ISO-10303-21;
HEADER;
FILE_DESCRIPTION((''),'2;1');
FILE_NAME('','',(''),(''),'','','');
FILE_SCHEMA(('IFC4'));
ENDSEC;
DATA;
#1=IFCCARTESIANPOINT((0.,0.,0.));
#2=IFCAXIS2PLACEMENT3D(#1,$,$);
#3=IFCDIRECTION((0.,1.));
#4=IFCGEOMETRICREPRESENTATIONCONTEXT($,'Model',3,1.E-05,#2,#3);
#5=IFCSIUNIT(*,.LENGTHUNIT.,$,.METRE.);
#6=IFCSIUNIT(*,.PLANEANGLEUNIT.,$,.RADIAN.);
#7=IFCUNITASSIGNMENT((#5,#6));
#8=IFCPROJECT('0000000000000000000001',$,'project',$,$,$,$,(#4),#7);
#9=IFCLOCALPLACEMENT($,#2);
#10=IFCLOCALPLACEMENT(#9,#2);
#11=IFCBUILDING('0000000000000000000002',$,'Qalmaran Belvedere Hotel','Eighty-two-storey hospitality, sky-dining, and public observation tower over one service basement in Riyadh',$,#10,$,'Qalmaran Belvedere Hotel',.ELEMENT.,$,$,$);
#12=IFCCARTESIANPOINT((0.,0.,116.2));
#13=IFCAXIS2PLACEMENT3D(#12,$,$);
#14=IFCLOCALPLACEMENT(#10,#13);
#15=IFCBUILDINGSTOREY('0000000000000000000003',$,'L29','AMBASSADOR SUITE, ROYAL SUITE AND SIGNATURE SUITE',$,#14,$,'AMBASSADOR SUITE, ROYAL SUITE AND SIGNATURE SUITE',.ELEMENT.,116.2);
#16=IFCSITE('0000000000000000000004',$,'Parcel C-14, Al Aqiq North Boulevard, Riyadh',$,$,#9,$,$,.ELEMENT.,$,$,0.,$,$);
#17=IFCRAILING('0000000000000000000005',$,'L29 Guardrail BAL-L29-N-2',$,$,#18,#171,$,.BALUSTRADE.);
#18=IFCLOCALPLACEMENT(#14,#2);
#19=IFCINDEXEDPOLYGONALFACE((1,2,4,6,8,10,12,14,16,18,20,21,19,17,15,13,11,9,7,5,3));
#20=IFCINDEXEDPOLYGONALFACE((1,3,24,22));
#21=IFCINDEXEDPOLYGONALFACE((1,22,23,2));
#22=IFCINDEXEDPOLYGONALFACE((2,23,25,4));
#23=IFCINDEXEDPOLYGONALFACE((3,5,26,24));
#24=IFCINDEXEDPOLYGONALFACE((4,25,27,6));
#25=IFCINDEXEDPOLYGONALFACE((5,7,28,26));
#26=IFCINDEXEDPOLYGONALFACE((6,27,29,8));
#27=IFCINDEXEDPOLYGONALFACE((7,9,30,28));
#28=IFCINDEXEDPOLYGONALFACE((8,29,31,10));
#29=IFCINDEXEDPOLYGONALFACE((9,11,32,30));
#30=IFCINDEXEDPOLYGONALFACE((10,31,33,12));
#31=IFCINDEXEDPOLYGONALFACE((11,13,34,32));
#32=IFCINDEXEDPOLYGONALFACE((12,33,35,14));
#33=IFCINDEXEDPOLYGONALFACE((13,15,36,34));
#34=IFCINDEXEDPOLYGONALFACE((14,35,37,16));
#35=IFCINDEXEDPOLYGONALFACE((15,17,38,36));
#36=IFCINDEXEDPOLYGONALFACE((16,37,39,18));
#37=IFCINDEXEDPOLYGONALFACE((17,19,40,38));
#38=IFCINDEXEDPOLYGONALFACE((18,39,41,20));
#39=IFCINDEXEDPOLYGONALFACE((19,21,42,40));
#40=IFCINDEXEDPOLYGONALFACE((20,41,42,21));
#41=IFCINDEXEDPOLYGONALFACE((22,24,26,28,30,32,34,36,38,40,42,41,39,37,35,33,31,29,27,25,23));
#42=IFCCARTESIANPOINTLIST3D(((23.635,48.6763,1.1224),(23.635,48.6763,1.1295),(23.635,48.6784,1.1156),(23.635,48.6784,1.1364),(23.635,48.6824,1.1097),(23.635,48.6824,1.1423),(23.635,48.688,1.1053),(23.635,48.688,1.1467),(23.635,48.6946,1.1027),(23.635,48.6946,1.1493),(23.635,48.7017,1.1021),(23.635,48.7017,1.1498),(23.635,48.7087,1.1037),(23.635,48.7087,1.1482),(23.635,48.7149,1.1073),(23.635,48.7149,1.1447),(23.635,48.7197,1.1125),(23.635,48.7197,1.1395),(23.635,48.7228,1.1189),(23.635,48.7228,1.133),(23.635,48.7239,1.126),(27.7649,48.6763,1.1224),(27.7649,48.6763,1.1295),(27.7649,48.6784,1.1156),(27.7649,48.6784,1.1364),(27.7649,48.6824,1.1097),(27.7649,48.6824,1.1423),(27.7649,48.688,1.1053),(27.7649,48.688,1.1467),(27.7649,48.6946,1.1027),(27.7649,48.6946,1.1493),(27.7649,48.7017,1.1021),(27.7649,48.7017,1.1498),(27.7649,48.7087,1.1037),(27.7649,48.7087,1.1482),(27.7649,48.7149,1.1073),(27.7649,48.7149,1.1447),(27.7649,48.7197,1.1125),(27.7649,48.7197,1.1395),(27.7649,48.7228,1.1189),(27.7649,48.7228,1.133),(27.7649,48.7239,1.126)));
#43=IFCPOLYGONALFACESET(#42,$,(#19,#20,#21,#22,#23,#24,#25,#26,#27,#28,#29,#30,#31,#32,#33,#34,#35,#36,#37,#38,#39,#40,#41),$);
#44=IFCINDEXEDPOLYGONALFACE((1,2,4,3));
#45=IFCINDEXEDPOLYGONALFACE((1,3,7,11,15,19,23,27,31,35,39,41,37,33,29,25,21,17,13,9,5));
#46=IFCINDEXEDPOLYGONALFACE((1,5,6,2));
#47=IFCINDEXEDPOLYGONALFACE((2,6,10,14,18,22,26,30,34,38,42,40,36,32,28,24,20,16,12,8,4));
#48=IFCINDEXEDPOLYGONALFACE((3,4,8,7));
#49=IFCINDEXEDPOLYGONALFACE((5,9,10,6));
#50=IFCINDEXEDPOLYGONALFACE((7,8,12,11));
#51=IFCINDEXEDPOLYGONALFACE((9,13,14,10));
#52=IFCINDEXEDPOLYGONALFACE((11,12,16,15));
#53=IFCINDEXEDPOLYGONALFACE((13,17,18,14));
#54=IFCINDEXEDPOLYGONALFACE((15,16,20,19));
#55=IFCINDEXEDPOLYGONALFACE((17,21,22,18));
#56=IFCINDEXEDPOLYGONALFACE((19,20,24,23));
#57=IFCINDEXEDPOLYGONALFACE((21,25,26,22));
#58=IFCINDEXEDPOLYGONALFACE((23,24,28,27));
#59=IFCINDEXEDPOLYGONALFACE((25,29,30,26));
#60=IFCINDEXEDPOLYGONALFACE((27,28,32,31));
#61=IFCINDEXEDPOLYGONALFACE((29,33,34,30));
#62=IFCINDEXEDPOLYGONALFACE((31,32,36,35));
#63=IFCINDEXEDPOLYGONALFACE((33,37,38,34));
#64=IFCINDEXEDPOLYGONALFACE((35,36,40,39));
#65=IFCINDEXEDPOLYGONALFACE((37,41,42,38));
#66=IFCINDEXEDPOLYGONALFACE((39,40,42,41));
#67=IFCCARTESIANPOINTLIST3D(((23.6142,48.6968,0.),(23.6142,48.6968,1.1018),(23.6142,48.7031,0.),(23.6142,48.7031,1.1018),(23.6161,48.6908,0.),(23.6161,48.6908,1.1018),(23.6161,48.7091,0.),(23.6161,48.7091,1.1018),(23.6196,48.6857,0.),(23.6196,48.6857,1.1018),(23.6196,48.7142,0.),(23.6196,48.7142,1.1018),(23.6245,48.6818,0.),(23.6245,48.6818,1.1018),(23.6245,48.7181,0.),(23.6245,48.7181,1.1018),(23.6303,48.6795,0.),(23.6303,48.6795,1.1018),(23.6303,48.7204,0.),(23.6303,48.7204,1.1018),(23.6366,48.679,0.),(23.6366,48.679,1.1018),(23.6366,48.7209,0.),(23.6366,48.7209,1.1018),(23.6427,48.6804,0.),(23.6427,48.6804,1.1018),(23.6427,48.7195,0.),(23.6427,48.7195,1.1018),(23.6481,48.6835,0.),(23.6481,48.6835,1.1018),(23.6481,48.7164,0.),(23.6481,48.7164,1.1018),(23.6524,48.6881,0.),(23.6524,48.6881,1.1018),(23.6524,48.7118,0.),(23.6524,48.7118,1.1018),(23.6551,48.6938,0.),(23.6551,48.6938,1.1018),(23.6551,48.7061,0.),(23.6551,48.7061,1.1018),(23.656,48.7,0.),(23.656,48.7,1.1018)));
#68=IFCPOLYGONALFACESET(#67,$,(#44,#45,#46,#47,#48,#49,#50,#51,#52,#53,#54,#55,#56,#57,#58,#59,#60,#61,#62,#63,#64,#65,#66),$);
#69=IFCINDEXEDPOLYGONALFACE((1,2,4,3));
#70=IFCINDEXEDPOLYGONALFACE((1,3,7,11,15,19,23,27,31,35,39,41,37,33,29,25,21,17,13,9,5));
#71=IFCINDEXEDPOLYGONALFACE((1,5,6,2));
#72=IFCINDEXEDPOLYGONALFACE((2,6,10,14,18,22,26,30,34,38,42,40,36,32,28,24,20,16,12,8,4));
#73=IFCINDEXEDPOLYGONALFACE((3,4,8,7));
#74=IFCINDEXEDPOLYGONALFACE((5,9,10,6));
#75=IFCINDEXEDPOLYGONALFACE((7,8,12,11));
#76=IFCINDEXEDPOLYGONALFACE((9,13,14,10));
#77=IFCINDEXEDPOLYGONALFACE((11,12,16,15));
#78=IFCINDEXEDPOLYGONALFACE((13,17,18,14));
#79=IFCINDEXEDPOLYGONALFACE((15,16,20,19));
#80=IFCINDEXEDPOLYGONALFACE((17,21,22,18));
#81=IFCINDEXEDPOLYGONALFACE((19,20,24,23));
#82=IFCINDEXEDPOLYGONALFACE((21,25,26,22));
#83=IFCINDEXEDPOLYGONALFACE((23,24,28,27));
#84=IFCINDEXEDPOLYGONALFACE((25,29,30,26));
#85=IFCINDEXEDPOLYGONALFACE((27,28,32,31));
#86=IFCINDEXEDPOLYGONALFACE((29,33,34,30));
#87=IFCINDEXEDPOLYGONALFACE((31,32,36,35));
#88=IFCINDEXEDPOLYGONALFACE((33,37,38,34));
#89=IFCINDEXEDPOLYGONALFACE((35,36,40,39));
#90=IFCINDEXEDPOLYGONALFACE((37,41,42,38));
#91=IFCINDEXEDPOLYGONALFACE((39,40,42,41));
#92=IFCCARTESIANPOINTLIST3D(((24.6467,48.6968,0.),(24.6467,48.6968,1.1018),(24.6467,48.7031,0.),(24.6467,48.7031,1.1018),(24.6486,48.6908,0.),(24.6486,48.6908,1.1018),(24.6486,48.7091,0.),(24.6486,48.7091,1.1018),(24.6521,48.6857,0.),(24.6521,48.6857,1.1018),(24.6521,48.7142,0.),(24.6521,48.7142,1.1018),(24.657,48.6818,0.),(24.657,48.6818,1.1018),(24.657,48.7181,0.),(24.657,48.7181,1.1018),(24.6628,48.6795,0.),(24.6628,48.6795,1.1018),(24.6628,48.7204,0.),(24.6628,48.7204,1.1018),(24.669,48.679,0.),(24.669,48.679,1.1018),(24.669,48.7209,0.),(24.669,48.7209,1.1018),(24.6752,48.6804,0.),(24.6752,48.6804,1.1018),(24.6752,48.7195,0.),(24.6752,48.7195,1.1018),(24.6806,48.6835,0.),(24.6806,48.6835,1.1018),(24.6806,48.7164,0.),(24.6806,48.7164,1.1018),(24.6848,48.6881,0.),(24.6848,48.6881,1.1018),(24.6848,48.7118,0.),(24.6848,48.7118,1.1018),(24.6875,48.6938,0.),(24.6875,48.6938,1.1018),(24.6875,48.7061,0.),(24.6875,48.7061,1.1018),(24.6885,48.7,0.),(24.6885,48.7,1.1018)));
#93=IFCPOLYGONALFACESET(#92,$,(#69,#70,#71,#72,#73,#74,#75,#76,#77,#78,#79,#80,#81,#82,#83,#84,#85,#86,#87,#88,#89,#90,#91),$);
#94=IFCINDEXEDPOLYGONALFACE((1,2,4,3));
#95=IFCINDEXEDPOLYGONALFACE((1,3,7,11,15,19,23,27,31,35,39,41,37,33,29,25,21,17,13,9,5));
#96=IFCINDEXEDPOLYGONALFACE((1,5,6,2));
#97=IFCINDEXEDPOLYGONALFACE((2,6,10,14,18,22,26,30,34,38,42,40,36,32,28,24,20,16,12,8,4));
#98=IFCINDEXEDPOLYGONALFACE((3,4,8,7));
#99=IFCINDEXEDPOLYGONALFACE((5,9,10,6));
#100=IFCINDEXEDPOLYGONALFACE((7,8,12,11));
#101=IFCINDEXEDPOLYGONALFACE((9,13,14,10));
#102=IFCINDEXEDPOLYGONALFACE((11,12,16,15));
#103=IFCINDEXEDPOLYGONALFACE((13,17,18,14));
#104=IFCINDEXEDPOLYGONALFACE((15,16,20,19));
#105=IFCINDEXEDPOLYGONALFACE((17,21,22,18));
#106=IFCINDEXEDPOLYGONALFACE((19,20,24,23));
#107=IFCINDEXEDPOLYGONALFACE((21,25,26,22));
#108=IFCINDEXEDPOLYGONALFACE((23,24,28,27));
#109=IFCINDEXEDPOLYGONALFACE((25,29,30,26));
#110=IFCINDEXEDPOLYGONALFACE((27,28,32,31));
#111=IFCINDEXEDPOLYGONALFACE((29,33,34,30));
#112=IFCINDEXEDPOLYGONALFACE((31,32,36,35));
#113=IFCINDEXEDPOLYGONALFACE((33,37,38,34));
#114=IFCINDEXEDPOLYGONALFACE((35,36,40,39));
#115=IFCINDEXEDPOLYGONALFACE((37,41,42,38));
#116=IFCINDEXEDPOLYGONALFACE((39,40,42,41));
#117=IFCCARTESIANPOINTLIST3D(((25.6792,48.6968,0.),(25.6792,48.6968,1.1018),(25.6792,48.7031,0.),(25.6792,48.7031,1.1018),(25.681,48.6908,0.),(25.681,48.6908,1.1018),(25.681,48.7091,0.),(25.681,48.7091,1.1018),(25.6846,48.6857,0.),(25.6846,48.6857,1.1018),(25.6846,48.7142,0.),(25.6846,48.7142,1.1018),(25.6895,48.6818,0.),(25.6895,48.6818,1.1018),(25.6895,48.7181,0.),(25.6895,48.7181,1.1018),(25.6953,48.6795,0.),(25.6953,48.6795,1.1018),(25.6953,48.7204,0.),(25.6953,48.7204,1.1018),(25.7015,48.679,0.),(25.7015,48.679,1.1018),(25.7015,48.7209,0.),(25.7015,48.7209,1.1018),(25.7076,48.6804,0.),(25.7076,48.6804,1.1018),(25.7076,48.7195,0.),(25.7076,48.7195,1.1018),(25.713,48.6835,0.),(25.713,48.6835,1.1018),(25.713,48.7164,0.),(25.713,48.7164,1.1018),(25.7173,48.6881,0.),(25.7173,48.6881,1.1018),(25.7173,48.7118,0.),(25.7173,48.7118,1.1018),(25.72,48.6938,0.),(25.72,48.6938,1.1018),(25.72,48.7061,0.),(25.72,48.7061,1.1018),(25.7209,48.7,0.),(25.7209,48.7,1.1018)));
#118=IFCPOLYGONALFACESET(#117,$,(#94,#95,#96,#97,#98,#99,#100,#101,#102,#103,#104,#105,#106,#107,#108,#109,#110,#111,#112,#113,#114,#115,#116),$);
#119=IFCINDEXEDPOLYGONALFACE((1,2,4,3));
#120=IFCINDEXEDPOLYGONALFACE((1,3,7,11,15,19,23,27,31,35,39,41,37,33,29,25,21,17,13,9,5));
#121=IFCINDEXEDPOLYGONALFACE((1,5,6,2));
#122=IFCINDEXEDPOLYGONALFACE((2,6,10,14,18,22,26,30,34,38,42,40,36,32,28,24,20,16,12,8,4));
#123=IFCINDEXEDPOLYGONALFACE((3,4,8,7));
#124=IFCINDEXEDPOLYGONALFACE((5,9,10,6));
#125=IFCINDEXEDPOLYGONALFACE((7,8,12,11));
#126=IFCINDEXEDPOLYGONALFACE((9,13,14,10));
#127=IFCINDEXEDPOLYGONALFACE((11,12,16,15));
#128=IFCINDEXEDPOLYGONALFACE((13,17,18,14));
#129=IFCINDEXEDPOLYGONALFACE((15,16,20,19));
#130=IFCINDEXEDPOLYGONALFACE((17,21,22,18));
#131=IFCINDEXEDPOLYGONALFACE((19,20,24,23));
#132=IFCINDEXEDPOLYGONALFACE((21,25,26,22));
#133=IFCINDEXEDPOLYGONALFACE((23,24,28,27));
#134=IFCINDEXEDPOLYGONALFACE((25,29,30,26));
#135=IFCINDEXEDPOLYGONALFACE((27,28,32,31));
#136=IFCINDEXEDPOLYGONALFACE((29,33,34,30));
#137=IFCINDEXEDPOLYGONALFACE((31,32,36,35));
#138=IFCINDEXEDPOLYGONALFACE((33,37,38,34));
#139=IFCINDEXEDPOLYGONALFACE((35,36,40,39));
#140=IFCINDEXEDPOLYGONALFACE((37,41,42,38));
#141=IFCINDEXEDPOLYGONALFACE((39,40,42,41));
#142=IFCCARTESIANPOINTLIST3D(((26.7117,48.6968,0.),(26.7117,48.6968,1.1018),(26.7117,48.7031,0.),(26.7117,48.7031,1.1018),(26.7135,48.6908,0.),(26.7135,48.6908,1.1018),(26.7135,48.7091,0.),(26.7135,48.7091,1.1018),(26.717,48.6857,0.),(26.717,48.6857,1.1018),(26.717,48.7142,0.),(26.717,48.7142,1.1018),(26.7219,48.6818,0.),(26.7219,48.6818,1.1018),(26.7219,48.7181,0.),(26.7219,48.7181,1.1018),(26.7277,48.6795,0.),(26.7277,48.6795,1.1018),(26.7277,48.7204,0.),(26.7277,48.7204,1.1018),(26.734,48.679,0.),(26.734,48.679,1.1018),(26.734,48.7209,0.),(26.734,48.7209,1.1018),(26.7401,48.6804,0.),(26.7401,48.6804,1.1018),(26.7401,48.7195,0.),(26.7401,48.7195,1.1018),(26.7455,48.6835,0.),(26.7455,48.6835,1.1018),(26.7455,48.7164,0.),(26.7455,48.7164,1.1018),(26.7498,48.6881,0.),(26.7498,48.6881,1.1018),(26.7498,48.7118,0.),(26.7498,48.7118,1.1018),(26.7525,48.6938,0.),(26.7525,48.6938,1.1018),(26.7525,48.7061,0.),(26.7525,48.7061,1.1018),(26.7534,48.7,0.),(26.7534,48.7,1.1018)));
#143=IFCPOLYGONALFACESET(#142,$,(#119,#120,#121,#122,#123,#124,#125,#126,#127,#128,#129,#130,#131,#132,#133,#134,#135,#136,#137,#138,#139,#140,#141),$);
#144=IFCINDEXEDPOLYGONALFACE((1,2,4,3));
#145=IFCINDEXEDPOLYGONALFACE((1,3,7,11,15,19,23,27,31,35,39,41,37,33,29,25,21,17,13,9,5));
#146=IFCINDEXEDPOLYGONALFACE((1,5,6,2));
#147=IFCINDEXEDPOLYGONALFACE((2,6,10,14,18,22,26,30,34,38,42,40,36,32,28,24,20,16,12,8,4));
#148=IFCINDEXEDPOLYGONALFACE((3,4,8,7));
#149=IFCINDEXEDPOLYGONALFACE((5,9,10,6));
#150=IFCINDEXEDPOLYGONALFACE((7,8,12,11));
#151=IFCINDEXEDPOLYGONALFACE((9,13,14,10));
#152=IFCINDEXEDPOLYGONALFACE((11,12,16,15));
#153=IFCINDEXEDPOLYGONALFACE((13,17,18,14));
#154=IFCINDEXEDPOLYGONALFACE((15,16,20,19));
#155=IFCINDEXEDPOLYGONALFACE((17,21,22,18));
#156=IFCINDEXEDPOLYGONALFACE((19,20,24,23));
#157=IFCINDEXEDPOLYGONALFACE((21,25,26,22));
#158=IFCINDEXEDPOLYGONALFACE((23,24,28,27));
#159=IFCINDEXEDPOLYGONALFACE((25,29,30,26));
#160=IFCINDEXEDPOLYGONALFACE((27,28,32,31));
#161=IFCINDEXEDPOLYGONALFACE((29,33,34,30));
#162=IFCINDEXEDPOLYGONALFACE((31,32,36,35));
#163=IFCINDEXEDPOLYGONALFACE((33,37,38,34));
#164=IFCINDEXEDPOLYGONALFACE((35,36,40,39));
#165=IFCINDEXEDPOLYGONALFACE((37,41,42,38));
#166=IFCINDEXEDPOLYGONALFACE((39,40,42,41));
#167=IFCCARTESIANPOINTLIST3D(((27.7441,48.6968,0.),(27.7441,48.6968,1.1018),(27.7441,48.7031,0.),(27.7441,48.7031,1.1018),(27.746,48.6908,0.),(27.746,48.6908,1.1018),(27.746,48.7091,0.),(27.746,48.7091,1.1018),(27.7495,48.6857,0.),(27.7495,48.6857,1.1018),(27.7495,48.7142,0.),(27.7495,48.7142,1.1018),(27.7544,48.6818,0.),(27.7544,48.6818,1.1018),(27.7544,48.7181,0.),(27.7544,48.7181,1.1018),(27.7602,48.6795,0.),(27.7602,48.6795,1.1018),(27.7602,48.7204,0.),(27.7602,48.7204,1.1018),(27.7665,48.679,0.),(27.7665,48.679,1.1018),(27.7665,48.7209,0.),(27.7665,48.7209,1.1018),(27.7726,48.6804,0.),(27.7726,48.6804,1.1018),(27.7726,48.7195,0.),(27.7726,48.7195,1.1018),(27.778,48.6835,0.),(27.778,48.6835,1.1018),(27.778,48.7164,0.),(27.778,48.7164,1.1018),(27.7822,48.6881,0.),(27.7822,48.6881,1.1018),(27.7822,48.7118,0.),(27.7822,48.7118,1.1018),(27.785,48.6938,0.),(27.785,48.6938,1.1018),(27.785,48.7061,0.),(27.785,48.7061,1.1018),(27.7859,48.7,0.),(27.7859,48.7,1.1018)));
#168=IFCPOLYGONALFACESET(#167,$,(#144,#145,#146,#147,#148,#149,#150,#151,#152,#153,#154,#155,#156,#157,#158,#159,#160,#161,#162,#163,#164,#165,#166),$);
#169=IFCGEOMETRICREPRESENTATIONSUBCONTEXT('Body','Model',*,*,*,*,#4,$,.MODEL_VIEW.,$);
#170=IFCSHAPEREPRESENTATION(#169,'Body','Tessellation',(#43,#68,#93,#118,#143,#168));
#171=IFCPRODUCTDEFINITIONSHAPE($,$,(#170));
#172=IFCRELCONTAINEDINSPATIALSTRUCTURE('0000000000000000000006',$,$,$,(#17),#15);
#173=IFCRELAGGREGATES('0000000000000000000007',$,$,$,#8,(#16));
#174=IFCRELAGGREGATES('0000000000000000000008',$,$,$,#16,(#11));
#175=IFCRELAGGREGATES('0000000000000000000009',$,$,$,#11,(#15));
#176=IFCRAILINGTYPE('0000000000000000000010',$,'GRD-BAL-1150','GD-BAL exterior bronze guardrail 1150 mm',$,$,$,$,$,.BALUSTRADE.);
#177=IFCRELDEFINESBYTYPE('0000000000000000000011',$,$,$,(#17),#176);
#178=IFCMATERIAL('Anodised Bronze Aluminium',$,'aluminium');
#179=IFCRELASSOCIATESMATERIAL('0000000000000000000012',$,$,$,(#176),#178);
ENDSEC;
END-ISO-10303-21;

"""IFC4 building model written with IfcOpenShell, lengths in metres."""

from ifc_helpers import new_model, si_unit, direction, frame, origin, origin_2d, place, context, subcontext, project, spatial, circle, extrude, material, type_object, element, save


model = new_model("IFC4")

# Units and contexts
model_context = context("Model", 3, precision=1e-05, world=origin(), true_north=direction((0.0, 1.0)))
body_context = subcontext(model_context, "Body", "Model", "MODEL_VIEW")
ifc_project = project(units=[si_unit("LENGTHUNIT", "METRE"), si_unit("PLANEANGLEUNIT", "RADIAN")], contexts=[model_context])

# Site, building, storey
site_placement = place(None, origin())
site = spatial("IfcSite", under=ifc_project, at=site_placement, Name="Parcel C-14, Al Aqiq North Boulevard, Riyadh", CompositionType="ELEMENT", RefElevation=0.0)
building_placement = place(site_placement, origin())
building = spatial("IfcBuilding", under=site, at=building_placement, Name="Qalmaran Belvedere Hotel", Description="Eighty-two-storey hospitality, sky-dining, and public observation tower over one service basement in Riyadh", LongName="Qalmaran Belvedere Hotel", CompositionType="ELEMENT")
storey_placement = place(building_placement, frame((0.0, 0.0, 116.2)))
storey = spatial("IfcBuildingStorey", under=building, at=storey_placement, Name="L29", Description="AMBASSADOR SUITE, ROYAL SUITE AND SIGNATURE SUITE", LongName="AMBASSADOR SUITE, ROYAL SUITE AND SIGNATURE SUITE", CompositionType="ELEMENT", Elevation=116.2)

# Shared definitions
ifc_material_1 = material(Name="Anodised Bronze Aluminium", Category="aluminium")

# Railing
railing_type = type_object("IfcRailingType", Name="GRD-BAL-1150", Description="GD-BAL exterior bronze guardrail 1150 mm", PredefinedType="BALUSTRADE", material=ifc_material_1)
railing_1_placement = place(storey_placement, frame((23.635, 48.7, 0.0)))
element("IfcRailing", 1, at=railing_1_placement, inside=storey, type_object=railing_type, Name="L29 Guardrail BAL-L29-N-2", PredefinedType="BALUSTRADE", context=body_context, shape_type="SweptSolid", body=[
    extrude(circle(Radius=0.0239, at=origin_2d()), frame((0.0, 0.0, 1.126), z_axis=(1.0, 0.0, 0.0), x_axis=(0.0, 1.0, 0.0)), (0.0, 0.0, 1.0), 4.1299),
    extrude(circle(Radius=0.021, at=origin_2d()), origin(), (0.0, 0.0, 1.0), 1.1018),
    extrude(circle(Radius=0.021, at=origin_2d()), frame((1.0325, 0.0, 0.0)), (0.0, 0.0, 1.0), 1.1018),
    extrude(circle(Radius=0.021, at=origin_2d()), frame((2.0649, 0.0, 0.0)), (0.0, 0.0, 1.0), 1.1018),
    extrude(circle(Radius=0.021, at=origin_2d()), frame((3.0974, 0.0, 0.0)), (0.0, 0.0, 1.0), 1.1018),
    extrude(circle(Radius=0.021, at=origin_2d()), frame((4.1299, 0.0, 0.0)), (0.0, 0.0, 1.0), 1.1018),
])

save(model, "model.ifc")
